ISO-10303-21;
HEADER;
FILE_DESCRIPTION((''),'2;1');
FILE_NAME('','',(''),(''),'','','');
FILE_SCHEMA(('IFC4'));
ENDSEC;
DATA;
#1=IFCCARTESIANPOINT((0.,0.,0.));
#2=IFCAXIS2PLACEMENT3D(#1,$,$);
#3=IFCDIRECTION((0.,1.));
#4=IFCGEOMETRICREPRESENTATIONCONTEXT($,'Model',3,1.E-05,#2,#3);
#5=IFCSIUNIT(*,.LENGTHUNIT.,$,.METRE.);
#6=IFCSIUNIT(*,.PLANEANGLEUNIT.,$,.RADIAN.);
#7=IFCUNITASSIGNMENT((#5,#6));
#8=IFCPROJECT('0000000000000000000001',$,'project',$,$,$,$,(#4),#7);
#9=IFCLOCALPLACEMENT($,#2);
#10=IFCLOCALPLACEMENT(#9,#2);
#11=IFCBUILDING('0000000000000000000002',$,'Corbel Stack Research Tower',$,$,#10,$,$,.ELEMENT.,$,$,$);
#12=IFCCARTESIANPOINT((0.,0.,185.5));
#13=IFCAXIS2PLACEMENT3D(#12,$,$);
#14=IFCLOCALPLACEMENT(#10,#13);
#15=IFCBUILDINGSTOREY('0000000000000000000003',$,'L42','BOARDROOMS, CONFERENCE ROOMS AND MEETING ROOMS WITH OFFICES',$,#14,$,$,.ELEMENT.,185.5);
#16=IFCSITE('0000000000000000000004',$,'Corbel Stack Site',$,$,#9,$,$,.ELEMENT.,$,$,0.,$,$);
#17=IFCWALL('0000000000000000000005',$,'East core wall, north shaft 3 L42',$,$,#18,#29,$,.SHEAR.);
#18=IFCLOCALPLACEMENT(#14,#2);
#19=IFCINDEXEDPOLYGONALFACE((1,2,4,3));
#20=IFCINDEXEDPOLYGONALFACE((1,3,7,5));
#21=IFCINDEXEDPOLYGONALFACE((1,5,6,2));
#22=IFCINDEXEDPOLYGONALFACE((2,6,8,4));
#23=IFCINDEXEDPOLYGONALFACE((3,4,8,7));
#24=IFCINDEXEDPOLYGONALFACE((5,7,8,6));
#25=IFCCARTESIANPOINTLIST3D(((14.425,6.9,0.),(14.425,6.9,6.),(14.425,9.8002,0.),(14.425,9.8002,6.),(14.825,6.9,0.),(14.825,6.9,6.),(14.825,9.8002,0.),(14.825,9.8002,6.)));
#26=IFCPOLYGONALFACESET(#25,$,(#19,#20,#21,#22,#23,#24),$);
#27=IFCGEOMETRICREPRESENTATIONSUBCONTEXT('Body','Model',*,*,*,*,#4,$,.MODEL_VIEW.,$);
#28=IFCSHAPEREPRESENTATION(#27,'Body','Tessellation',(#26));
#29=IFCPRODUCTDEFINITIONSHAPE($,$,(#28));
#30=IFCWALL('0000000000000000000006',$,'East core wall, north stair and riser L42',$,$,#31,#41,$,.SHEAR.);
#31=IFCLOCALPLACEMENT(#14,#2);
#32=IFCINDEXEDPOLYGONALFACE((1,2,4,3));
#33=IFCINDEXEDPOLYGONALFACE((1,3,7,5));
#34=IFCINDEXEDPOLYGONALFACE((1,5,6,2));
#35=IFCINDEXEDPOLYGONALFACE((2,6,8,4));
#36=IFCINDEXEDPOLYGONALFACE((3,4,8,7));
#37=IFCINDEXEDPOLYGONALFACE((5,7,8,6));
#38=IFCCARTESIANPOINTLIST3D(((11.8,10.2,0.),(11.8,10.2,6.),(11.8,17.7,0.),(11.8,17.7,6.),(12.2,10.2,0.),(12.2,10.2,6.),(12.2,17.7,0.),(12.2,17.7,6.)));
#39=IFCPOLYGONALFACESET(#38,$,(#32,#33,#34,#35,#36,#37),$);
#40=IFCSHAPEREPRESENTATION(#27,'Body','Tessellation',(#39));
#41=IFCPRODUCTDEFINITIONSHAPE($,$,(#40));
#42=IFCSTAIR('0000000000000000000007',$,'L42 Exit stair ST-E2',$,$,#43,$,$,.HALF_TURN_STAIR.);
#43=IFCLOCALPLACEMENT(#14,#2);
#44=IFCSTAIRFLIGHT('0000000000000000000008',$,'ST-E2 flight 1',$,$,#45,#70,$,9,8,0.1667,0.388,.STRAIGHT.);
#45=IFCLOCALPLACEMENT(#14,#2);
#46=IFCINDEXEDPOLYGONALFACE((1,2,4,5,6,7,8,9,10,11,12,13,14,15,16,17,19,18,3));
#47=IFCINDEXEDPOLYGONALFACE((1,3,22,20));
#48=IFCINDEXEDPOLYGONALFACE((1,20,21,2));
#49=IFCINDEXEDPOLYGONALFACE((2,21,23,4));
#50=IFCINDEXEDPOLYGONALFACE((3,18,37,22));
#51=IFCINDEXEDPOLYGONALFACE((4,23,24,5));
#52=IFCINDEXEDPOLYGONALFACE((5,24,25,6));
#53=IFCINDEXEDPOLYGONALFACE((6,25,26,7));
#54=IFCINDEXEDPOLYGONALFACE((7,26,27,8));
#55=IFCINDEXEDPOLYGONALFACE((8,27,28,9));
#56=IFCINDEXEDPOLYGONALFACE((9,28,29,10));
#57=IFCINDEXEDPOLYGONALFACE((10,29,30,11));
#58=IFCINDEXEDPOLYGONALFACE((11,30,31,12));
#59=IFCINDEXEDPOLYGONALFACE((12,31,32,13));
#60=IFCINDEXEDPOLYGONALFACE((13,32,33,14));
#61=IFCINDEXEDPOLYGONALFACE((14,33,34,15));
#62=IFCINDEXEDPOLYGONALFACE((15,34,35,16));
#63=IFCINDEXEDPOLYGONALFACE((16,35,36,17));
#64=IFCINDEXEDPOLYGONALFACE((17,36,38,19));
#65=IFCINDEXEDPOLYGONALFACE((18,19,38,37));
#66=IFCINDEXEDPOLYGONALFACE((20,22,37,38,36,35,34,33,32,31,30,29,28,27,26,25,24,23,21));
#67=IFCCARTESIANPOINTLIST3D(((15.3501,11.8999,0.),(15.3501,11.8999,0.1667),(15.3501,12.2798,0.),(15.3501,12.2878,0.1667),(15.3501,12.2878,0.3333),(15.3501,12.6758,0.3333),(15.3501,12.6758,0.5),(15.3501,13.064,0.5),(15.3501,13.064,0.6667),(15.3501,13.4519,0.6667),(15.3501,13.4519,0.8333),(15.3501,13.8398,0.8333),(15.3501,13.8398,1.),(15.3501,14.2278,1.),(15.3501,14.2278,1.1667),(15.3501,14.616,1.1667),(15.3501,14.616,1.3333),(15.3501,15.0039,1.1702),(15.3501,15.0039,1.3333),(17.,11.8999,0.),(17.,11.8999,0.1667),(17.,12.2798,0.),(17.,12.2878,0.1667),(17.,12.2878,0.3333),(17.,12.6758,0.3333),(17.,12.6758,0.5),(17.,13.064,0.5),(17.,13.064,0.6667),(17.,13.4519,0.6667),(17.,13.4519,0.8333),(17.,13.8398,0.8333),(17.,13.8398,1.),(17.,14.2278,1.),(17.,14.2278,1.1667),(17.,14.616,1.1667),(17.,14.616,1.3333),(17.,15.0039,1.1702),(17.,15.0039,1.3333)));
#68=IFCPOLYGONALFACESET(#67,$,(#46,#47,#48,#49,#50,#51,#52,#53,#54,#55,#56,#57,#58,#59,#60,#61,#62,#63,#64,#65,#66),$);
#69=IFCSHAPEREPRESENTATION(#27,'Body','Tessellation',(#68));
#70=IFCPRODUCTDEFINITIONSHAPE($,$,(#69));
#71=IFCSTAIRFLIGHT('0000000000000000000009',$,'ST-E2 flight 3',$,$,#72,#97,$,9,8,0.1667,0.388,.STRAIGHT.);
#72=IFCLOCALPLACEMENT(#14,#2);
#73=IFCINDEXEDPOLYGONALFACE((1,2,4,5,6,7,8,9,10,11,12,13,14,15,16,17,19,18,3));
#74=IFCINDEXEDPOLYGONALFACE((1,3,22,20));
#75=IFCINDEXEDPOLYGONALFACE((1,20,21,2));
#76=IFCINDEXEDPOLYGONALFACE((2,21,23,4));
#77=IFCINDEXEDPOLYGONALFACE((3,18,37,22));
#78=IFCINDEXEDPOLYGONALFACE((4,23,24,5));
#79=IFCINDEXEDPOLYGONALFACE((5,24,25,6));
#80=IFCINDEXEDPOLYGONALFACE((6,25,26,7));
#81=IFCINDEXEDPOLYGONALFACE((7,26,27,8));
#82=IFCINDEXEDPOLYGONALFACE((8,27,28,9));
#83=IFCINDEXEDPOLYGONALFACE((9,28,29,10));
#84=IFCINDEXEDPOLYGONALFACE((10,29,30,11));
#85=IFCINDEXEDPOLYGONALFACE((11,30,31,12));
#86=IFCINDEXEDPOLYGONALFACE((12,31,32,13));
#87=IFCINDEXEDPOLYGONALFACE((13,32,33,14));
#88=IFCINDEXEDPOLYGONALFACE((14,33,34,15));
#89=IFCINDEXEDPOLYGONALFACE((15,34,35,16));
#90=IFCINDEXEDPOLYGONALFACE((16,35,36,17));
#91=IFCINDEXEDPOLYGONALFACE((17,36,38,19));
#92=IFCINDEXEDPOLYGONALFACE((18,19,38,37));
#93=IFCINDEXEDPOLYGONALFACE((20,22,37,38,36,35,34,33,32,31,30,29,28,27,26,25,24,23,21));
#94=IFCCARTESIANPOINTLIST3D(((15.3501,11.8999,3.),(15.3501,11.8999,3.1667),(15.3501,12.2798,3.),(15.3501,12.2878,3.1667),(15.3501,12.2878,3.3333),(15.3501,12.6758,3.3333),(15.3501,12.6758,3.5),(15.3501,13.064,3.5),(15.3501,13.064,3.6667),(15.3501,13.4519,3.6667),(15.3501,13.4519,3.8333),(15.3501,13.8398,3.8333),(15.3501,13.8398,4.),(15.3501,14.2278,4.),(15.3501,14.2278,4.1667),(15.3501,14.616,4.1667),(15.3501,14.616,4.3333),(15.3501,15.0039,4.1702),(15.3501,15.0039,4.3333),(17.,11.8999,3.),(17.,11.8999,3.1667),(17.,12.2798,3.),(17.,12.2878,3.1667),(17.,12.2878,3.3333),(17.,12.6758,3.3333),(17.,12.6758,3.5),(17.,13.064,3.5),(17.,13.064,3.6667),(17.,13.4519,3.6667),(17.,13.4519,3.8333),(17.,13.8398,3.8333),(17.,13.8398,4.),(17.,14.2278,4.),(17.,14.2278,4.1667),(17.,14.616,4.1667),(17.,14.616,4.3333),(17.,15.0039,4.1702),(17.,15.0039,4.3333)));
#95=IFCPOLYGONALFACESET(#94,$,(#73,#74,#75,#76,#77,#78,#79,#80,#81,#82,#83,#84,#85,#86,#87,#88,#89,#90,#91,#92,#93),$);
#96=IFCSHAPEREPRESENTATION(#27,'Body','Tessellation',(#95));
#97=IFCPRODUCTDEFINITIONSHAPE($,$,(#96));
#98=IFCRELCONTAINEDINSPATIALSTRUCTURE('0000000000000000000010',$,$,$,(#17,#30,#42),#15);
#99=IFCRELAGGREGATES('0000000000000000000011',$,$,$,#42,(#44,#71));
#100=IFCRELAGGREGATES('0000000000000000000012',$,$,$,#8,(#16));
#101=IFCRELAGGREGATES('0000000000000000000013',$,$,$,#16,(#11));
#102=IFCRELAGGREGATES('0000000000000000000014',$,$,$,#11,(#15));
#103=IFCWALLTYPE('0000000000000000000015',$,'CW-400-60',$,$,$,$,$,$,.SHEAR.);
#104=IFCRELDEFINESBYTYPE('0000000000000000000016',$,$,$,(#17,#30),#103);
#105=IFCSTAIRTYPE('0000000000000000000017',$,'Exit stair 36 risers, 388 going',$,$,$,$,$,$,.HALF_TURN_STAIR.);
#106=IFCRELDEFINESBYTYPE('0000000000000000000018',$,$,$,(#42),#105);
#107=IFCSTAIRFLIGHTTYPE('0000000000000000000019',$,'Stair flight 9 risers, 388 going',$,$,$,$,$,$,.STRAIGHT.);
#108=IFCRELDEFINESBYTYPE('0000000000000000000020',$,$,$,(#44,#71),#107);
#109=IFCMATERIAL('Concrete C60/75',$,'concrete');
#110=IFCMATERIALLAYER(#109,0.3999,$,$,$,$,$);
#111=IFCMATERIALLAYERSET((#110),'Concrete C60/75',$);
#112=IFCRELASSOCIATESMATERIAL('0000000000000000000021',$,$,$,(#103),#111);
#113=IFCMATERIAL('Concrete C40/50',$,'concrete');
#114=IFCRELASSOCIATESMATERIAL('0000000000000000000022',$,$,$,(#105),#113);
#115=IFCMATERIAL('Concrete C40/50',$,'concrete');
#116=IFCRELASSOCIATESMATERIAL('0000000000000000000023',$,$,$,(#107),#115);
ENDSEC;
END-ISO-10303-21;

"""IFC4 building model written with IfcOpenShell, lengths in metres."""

from ifc_helpers import new_model, si_unit, direction, frame, frame_2d, origin, place, context, subcontext, project, spatial, polyline, rectangle, outline, extrude, material, layer, layer_set, type_object, element, aggregate, save


model = new_model("IFC4")

# Units and contexts
model_context = context("Model", 3, precision=1e-05, world=origin(), true_north=direction((0.0, 1.0)))
body_context = subcontext(model_context, "Body", "Model", "MODEL_VIEW")
ifc_project = project(units=[si_unit("LENGTHUNIT", "METRE"), si_unit("PLANEANGLEUNIT", "RADIAN")], contexts=[model_context])

# Site, building, storey
site_placement = place(None, origin())
site = spatial("IfcSite", under=ifc_project, at=site_placement, Name="Corbel Stack Site", CompositionType="ELEMENT", RefElevation=0.0)
building_placement = place(site_placement, origin())
building = spatial("IfcBuilding", under=site, at=building_placement, Name="Corbel Stack Research Tower", CompositionType="ELEMENT")
storey_placement = place(building_placement, frame((0.0, 0.0, 185.5)))
storey = spatial("IfcBuildingStorey", under=building, at=storey_placement, Name="L42", Description="BOARDROOMS, CONFERENCE ROOMS AND MEETING ROOMS WITH OFFICES", CompositionType="ELEMENT", Elevation=185.5)

# Walls
ifc_material_1 = material(Name="Concrete C60/75", Category="concrete")
ifc_layer = layer(ifc_material_1, 0.3999)
ifc_layer_set = layer_set([ifc_layer], Name="Concrete C60/75")
wall_type = type_object("IfcWallType", Name="CW-400-60", PredefinedType="SHEAR", material=ifc_layer_set)
wall_1_placement = place(storey_placement, frame((14.625, 6.8999, 0.0), z_axis=(0.0, 0.0, 1.0), x_axis=(0.0, 1.0, 0.0)))
element("IfcWall", 1, at=wall_1_placement, inside=storey, type_object=wall_type, Name="East core wall, north shaft 3 L42", PredefinedType="SHEAR", context=body_context, shape_type="SweptSolid", body=[
    extrude(rectangle(XDim=2.9001, YDim=0.3999, at=frame_2d((1.4502, 0.0))), origin(), (0.0, 0.0, 1.0), 6.0),
])
wall_2_placement = place(storey_placement, frame((12.0, 10.2, 0.0), z_axis=(0.0, 0.0, 1.0), x_axis=(0.0, 1.0, 0.0)))
element("IfcWall", 2, at=wall_2_placement, inside=storey, type_object=wall_type, Name="East core wall, north stair and riser L42", PredefinedType="SHEAR", context=body_context, shape_type="SweptSolid", body=[
    extrude(rectangle(XDim=7.5, YDim=0.3999, at=frame_2d((3.75, 0.0))), origin(), (0.0, 0.0, 1.0), 6.0),
])

# Stair, stair flights
ifc_material_2 = material(Name="Concrete C40/50", Category="concrete")
stair_type = type_object("IfcStairType", Name="Exit stair 36 risers, 388 going", PredefinedType="HALF_TURN_STAIR", material=ifc_material_2)
stair_placement = place(storey_placement, origin())
stair = element("IfcStair", 3, at=stair_placement, inside=storey, type_object=stair_type, Name="L42 Exit stair ST-E2", PredefinedType="HALF_TURN_STAIR")
ifc_material_3 = material(Name="Concrete C40/50", Category="concrete")
stair_flight_type = type_object("IfcStairFlightType", Name="Stair flight 9 risers, 388 going", PredefinedType="STRAIGHT", material=ifc_material_3)
stair_flight_1_placement = place(storey_placement, frame((16.175, 11.8999, 0.0), z_axis=(0.0, 0.0, 1.0), x_axis=(0.0, 1.0, 0.0)))
stair_flight_1 = element("IfcStairFlight", 4, at=stair_flight_1_placement, type_object=stair_flight_type, Name="ST-E2 flight 1", NumberOfRisers=9, NumberOfTreads=8, PredefinedType="STRAIGHT", RiserHeight=0.1667, TreadLength=0.388, context=body_context, shape_type="SweptSolid", body=[
    extrude(outline(polyline([(0.0, 0.0), (0.0, 0.1667), (0.3879, 0.1667), (0.3879, 0.3333), (0.7759, 0.3333), (0.7759, 0.5), (1.1641, 0.5), (1.1641, 0.6667), (1.552, 0.6667), (1.552, 0.8333), (1.9399, 0.8333), (1.9399, 1.0), (2.3279, 1.0), (2.3279, 1.1667), (2.7161, 1.1667), (2.7161, 1.3333), (3.104, 1.3333), (3.104, 1.5), (3.104, 1.1702), (0.3799, 0.0), (0.0, 0.0)])), frame((0.0, 0.825, 0.0), z_axis=(0.0, -1.0, 0.0), x_axis=(1.0, 0.0, 0.0)), (0.0, 0.0, 1.0), 1.6499),
])
stair_flight_2_placement = place(storey_placement, frame((16.175, 11.8999, 3.0), z_axis=(0.0, 0.0, 1.0), x_axis=(0.0, 1.0, 0.0)))
stair_flight_2 = element("IfcStairFlight", 5, at=stair_flight_2_placement, type_object=stair_flight_type, Name="ST-E2 flight 3", NumberOfRisers=9, NumberOfTreads=8, PredefinedType="STRAIGHT", RiserHeight=0.1667, TreadLength=0.388, context=body_context, shape_type="SweptSolid", body=[
    extrude(outline(polyline([(0.0, 0.0), (0.0, 0.1667), (0.3879, 0.1667), (0.3879, 0.3333), (0.7759, 0.3333), (0.7759, 0.5), (1.1641, 0.5), (1.1641, 0.6667), (1.552, 0.6667), (1.552, 0.8333), (1.9399, 0.8333), (1.9399, 1.0), (2.3279, 1.0), (2.3279, 1.1667), (2.7161, 1.1667), (2.7161, 1.3333), (3.104, 1.3333), (3.104, 1.5), (3.104, 1.1702), (0.3799, 0.0), (0.0, 0.0)])), frame((0.0, 0.825, 0.0), z_axis=(0.0, -1.0, 0.0), x_axis=(1.0, 0.0, 0.0)), (0.0, 0.0, 1.0), 1.6499),
])
aggregate(stair, [stair_flight_1, stair_flight_2])

save(model, "model.ifc")
